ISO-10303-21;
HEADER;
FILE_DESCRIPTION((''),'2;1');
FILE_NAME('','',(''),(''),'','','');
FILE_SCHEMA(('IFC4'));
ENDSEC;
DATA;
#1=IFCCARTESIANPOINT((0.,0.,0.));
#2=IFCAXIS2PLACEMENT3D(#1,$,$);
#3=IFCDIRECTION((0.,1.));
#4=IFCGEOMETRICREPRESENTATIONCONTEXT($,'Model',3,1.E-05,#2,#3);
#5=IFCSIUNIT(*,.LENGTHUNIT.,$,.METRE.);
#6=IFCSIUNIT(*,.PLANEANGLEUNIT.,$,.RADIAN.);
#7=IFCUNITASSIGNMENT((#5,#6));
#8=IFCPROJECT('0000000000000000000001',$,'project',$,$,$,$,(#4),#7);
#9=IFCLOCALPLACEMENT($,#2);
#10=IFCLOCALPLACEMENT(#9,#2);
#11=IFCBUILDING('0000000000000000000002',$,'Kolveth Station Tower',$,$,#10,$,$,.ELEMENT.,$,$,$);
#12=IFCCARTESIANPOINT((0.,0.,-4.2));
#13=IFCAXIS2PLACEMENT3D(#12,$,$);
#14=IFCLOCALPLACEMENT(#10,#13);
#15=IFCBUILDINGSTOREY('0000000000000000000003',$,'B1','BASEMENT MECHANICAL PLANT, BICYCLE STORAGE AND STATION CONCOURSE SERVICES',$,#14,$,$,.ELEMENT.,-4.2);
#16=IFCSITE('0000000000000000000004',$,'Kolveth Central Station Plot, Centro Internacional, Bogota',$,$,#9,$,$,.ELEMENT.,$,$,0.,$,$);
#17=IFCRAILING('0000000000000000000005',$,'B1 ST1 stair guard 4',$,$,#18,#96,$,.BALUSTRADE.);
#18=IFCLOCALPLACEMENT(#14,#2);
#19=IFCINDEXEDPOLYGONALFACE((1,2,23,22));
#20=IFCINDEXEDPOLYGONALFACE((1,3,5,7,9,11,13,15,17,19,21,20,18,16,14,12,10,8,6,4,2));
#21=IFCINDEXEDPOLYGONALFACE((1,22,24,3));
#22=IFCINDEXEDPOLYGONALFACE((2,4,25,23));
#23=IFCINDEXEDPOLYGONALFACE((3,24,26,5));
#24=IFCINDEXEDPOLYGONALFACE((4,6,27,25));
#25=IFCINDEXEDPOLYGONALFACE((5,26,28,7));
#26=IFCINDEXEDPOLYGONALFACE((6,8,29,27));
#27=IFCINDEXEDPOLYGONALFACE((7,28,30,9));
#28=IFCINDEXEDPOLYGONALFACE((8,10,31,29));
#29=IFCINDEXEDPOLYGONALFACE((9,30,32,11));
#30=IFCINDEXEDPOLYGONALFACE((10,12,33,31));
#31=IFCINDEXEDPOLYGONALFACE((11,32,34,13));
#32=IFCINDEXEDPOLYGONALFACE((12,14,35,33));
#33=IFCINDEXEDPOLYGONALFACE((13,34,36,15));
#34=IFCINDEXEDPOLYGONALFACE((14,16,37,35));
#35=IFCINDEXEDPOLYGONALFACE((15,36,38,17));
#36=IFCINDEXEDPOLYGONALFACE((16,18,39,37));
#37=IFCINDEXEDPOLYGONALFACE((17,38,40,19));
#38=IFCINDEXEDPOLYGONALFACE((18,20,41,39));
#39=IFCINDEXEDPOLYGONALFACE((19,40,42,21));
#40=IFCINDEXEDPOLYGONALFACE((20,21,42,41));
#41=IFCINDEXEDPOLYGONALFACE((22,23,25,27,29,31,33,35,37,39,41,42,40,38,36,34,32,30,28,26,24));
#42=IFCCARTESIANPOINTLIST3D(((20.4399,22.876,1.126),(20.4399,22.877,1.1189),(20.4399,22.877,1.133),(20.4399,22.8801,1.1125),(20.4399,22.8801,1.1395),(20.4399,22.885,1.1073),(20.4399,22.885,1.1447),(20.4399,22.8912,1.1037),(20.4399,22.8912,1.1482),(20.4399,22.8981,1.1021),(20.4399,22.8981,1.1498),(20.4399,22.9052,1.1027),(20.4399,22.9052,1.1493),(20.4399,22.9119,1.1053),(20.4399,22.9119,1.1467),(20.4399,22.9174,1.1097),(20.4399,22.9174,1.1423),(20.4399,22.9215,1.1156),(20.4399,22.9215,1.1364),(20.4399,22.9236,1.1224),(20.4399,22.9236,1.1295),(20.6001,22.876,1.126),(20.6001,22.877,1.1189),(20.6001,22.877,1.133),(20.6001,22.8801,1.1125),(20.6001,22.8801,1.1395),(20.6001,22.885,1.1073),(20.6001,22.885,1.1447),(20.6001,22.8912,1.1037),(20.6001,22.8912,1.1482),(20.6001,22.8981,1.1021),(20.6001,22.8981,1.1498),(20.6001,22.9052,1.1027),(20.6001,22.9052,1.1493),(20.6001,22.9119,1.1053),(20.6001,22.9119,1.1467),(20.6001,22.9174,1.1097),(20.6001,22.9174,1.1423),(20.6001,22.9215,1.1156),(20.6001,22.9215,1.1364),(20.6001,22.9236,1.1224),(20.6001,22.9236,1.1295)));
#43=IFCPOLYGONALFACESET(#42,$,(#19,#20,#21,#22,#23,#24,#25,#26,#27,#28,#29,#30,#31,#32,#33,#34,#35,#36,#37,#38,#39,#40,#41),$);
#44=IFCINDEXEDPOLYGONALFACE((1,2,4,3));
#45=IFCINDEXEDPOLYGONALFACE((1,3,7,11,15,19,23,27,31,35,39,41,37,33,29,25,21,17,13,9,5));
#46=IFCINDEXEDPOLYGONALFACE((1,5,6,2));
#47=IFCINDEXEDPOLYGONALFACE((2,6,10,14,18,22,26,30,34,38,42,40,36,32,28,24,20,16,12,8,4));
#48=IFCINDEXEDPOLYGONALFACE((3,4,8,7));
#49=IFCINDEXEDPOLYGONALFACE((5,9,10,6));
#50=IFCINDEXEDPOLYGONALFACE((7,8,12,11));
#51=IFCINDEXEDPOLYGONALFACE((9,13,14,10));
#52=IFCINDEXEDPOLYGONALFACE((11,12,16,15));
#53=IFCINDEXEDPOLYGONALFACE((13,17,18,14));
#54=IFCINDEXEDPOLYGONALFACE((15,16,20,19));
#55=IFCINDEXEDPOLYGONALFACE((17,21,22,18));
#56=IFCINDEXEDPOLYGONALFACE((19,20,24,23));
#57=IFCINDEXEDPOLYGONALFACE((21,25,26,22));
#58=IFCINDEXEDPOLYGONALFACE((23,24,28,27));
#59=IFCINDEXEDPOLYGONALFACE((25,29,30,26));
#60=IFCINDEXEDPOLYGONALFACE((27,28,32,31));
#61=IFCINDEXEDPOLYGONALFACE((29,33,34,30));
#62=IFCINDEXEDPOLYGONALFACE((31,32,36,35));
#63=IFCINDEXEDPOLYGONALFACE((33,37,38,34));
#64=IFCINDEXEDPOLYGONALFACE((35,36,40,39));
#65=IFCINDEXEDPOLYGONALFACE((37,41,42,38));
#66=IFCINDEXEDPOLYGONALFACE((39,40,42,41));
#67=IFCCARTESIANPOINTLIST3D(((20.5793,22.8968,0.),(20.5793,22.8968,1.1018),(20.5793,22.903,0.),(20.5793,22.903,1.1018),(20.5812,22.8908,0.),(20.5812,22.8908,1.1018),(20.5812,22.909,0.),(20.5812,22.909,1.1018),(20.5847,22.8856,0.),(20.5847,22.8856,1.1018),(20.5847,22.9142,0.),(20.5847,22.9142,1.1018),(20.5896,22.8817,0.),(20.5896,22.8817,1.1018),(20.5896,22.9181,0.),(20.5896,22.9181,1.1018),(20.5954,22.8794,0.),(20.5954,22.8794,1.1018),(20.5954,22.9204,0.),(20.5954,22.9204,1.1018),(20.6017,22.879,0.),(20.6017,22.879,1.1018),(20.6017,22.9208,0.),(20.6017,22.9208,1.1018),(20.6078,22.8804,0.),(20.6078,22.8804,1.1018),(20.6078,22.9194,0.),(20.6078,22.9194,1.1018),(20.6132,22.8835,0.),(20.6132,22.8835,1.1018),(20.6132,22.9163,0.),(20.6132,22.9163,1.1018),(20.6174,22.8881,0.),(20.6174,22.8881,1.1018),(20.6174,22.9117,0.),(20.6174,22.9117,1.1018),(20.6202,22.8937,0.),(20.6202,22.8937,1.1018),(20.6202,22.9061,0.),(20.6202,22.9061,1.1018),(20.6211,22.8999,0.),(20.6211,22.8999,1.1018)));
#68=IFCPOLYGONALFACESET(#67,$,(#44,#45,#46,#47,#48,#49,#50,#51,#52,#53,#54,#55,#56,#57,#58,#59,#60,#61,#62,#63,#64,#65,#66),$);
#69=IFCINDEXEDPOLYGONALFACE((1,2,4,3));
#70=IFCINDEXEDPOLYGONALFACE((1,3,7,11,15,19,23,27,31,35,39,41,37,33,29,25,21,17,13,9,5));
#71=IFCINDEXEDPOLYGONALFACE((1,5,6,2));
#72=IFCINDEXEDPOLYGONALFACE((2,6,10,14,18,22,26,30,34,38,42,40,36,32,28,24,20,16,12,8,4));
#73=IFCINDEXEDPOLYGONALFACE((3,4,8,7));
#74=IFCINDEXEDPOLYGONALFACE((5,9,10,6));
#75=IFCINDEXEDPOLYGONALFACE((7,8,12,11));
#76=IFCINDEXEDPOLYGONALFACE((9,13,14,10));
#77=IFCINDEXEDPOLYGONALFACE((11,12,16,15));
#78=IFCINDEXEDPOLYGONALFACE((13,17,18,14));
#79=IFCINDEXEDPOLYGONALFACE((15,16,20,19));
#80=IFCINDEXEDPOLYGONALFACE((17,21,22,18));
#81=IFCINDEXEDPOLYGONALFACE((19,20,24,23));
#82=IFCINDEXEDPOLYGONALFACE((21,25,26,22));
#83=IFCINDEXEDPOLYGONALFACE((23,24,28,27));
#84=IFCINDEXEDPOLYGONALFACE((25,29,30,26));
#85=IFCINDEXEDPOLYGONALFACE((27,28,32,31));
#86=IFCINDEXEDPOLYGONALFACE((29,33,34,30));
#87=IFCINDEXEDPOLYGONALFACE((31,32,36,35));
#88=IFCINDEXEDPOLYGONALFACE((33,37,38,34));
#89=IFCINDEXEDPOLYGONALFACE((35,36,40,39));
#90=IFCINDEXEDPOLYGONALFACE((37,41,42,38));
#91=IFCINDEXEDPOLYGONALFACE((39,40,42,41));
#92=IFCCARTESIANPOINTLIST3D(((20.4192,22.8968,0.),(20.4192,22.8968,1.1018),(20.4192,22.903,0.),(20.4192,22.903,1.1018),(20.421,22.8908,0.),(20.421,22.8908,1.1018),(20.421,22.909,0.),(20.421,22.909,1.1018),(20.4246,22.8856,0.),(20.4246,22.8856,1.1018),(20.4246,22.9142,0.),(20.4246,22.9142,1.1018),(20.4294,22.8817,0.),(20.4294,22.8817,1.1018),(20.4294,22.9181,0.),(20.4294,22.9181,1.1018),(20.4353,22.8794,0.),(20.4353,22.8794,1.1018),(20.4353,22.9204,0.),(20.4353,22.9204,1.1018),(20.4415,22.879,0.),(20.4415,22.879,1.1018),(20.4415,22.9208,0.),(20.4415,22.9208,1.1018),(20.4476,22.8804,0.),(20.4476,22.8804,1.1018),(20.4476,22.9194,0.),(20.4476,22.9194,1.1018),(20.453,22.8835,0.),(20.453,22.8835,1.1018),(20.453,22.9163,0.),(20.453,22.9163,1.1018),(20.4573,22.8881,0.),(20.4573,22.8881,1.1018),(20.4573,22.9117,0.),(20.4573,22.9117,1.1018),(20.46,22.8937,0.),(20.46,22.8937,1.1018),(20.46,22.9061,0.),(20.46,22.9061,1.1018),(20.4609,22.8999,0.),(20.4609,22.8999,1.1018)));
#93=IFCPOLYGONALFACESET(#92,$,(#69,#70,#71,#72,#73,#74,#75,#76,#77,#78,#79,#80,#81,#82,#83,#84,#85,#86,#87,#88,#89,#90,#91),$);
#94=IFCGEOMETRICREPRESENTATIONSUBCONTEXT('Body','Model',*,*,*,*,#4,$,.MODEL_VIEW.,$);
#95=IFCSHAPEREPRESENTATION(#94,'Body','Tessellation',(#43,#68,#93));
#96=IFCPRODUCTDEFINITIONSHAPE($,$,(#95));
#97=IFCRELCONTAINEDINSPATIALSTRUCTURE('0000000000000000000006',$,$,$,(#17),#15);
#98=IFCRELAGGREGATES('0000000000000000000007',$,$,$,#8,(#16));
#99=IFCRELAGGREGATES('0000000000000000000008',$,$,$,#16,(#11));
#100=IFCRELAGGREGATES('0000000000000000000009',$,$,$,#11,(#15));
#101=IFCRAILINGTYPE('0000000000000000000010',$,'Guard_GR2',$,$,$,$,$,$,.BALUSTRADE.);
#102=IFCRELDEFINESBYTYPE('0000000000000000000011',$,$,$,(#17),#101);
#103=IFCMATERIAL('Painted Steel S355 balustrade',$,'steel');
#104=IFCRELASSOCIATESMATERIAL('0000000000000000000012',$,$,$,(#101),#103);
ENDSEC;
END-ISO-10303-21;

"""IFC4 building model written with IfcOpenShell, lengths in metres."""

from ifc_helpers import new_model, si_unit, direction, frame, origin, origin_2d, place, context, subcontext, project, spatial, circle, extrude, material, type_object, element, save


model = new_model("IFC4")

# Units and contexts
model_context = context("Model", 3, precision=1e-05, world=origin(), true_north=direction((0.0, 1.0)))
body_context = subcontext(model_context, "Body", "Model", "MODEL_VIEW")
ifc_project = project(units=[si_unit("LENGTHUNIT", "METRE"), si_unit("PLANEANGLEUNIT", "RADIAN")], contexts=[model_context])

# Site, building, storey
site_placement = place(None, origin())
site = spatial("IfcSite", under=ifc_project, at=site_placement, Name="Kolveth Central Station Plot, Centro Internacional, Bogota", CompositionType="ELEMENT", RefElevation=0.0)
building_placement = place(site_placement, origin())
building = spatial("IfcBuilding", under=site, at=building_placement, Name="Kolveth Station Tower", CompositionType="ELEMENT")
storey_placement = place(building_placement, frame((0.0, 0.0, -4.2)))
storey = spatial("IfcBuildingStorey", under=building, at=storey_placement, Name="B1", Description="BASEMENT MECHANICAL PLANT, BICYCLE STORAGE AND STATION CONCOURSE SERVICES", CompositionType="ELEMENT", Elevation=-4.2)

# Railing
ifc_material_1 = material(Name="Painted Steel S355 balustrade", Category="steel")
railing_type_1 = type_object("IfcRailingType", Name="Guard_GR2", PredefinedType="BALUSTRADE", material=ifc_material_1)
railing_1_placement = place(storey_placement, frame((20.6001, 22.8999, 0.0)))
element("IfcRailing", 1, at=railing_1_placement, inside=storey, type_object=railing_type_1, Name="B1 ST1 stair guard 4", PredefinedType="BALUSTRADE", context=body_context, shape_type="SweptSolid", body=[
    extrude(circle(Radius=0.0239, at=origin_2d()), frame((0.0, 0.0, 1.126), z_axis=(-1.0, 0.0, 0.0), x_axis=(0.0, -1.0, 0.0)), (0.0, 0.0, 1.0), 0.1602),
    extrude(circle(Radius=0.021, at=origin_2d()), origin(), (0.0, 0.0, 1.0), 1.1018),
    extrude(circle(Radius=0.021, at=origin_2d()), frame((-0.1602, 0.0, 0.0)), (0.0, 0.0, 1.0), 1.1018),
])

save(model, "model.ifc")
